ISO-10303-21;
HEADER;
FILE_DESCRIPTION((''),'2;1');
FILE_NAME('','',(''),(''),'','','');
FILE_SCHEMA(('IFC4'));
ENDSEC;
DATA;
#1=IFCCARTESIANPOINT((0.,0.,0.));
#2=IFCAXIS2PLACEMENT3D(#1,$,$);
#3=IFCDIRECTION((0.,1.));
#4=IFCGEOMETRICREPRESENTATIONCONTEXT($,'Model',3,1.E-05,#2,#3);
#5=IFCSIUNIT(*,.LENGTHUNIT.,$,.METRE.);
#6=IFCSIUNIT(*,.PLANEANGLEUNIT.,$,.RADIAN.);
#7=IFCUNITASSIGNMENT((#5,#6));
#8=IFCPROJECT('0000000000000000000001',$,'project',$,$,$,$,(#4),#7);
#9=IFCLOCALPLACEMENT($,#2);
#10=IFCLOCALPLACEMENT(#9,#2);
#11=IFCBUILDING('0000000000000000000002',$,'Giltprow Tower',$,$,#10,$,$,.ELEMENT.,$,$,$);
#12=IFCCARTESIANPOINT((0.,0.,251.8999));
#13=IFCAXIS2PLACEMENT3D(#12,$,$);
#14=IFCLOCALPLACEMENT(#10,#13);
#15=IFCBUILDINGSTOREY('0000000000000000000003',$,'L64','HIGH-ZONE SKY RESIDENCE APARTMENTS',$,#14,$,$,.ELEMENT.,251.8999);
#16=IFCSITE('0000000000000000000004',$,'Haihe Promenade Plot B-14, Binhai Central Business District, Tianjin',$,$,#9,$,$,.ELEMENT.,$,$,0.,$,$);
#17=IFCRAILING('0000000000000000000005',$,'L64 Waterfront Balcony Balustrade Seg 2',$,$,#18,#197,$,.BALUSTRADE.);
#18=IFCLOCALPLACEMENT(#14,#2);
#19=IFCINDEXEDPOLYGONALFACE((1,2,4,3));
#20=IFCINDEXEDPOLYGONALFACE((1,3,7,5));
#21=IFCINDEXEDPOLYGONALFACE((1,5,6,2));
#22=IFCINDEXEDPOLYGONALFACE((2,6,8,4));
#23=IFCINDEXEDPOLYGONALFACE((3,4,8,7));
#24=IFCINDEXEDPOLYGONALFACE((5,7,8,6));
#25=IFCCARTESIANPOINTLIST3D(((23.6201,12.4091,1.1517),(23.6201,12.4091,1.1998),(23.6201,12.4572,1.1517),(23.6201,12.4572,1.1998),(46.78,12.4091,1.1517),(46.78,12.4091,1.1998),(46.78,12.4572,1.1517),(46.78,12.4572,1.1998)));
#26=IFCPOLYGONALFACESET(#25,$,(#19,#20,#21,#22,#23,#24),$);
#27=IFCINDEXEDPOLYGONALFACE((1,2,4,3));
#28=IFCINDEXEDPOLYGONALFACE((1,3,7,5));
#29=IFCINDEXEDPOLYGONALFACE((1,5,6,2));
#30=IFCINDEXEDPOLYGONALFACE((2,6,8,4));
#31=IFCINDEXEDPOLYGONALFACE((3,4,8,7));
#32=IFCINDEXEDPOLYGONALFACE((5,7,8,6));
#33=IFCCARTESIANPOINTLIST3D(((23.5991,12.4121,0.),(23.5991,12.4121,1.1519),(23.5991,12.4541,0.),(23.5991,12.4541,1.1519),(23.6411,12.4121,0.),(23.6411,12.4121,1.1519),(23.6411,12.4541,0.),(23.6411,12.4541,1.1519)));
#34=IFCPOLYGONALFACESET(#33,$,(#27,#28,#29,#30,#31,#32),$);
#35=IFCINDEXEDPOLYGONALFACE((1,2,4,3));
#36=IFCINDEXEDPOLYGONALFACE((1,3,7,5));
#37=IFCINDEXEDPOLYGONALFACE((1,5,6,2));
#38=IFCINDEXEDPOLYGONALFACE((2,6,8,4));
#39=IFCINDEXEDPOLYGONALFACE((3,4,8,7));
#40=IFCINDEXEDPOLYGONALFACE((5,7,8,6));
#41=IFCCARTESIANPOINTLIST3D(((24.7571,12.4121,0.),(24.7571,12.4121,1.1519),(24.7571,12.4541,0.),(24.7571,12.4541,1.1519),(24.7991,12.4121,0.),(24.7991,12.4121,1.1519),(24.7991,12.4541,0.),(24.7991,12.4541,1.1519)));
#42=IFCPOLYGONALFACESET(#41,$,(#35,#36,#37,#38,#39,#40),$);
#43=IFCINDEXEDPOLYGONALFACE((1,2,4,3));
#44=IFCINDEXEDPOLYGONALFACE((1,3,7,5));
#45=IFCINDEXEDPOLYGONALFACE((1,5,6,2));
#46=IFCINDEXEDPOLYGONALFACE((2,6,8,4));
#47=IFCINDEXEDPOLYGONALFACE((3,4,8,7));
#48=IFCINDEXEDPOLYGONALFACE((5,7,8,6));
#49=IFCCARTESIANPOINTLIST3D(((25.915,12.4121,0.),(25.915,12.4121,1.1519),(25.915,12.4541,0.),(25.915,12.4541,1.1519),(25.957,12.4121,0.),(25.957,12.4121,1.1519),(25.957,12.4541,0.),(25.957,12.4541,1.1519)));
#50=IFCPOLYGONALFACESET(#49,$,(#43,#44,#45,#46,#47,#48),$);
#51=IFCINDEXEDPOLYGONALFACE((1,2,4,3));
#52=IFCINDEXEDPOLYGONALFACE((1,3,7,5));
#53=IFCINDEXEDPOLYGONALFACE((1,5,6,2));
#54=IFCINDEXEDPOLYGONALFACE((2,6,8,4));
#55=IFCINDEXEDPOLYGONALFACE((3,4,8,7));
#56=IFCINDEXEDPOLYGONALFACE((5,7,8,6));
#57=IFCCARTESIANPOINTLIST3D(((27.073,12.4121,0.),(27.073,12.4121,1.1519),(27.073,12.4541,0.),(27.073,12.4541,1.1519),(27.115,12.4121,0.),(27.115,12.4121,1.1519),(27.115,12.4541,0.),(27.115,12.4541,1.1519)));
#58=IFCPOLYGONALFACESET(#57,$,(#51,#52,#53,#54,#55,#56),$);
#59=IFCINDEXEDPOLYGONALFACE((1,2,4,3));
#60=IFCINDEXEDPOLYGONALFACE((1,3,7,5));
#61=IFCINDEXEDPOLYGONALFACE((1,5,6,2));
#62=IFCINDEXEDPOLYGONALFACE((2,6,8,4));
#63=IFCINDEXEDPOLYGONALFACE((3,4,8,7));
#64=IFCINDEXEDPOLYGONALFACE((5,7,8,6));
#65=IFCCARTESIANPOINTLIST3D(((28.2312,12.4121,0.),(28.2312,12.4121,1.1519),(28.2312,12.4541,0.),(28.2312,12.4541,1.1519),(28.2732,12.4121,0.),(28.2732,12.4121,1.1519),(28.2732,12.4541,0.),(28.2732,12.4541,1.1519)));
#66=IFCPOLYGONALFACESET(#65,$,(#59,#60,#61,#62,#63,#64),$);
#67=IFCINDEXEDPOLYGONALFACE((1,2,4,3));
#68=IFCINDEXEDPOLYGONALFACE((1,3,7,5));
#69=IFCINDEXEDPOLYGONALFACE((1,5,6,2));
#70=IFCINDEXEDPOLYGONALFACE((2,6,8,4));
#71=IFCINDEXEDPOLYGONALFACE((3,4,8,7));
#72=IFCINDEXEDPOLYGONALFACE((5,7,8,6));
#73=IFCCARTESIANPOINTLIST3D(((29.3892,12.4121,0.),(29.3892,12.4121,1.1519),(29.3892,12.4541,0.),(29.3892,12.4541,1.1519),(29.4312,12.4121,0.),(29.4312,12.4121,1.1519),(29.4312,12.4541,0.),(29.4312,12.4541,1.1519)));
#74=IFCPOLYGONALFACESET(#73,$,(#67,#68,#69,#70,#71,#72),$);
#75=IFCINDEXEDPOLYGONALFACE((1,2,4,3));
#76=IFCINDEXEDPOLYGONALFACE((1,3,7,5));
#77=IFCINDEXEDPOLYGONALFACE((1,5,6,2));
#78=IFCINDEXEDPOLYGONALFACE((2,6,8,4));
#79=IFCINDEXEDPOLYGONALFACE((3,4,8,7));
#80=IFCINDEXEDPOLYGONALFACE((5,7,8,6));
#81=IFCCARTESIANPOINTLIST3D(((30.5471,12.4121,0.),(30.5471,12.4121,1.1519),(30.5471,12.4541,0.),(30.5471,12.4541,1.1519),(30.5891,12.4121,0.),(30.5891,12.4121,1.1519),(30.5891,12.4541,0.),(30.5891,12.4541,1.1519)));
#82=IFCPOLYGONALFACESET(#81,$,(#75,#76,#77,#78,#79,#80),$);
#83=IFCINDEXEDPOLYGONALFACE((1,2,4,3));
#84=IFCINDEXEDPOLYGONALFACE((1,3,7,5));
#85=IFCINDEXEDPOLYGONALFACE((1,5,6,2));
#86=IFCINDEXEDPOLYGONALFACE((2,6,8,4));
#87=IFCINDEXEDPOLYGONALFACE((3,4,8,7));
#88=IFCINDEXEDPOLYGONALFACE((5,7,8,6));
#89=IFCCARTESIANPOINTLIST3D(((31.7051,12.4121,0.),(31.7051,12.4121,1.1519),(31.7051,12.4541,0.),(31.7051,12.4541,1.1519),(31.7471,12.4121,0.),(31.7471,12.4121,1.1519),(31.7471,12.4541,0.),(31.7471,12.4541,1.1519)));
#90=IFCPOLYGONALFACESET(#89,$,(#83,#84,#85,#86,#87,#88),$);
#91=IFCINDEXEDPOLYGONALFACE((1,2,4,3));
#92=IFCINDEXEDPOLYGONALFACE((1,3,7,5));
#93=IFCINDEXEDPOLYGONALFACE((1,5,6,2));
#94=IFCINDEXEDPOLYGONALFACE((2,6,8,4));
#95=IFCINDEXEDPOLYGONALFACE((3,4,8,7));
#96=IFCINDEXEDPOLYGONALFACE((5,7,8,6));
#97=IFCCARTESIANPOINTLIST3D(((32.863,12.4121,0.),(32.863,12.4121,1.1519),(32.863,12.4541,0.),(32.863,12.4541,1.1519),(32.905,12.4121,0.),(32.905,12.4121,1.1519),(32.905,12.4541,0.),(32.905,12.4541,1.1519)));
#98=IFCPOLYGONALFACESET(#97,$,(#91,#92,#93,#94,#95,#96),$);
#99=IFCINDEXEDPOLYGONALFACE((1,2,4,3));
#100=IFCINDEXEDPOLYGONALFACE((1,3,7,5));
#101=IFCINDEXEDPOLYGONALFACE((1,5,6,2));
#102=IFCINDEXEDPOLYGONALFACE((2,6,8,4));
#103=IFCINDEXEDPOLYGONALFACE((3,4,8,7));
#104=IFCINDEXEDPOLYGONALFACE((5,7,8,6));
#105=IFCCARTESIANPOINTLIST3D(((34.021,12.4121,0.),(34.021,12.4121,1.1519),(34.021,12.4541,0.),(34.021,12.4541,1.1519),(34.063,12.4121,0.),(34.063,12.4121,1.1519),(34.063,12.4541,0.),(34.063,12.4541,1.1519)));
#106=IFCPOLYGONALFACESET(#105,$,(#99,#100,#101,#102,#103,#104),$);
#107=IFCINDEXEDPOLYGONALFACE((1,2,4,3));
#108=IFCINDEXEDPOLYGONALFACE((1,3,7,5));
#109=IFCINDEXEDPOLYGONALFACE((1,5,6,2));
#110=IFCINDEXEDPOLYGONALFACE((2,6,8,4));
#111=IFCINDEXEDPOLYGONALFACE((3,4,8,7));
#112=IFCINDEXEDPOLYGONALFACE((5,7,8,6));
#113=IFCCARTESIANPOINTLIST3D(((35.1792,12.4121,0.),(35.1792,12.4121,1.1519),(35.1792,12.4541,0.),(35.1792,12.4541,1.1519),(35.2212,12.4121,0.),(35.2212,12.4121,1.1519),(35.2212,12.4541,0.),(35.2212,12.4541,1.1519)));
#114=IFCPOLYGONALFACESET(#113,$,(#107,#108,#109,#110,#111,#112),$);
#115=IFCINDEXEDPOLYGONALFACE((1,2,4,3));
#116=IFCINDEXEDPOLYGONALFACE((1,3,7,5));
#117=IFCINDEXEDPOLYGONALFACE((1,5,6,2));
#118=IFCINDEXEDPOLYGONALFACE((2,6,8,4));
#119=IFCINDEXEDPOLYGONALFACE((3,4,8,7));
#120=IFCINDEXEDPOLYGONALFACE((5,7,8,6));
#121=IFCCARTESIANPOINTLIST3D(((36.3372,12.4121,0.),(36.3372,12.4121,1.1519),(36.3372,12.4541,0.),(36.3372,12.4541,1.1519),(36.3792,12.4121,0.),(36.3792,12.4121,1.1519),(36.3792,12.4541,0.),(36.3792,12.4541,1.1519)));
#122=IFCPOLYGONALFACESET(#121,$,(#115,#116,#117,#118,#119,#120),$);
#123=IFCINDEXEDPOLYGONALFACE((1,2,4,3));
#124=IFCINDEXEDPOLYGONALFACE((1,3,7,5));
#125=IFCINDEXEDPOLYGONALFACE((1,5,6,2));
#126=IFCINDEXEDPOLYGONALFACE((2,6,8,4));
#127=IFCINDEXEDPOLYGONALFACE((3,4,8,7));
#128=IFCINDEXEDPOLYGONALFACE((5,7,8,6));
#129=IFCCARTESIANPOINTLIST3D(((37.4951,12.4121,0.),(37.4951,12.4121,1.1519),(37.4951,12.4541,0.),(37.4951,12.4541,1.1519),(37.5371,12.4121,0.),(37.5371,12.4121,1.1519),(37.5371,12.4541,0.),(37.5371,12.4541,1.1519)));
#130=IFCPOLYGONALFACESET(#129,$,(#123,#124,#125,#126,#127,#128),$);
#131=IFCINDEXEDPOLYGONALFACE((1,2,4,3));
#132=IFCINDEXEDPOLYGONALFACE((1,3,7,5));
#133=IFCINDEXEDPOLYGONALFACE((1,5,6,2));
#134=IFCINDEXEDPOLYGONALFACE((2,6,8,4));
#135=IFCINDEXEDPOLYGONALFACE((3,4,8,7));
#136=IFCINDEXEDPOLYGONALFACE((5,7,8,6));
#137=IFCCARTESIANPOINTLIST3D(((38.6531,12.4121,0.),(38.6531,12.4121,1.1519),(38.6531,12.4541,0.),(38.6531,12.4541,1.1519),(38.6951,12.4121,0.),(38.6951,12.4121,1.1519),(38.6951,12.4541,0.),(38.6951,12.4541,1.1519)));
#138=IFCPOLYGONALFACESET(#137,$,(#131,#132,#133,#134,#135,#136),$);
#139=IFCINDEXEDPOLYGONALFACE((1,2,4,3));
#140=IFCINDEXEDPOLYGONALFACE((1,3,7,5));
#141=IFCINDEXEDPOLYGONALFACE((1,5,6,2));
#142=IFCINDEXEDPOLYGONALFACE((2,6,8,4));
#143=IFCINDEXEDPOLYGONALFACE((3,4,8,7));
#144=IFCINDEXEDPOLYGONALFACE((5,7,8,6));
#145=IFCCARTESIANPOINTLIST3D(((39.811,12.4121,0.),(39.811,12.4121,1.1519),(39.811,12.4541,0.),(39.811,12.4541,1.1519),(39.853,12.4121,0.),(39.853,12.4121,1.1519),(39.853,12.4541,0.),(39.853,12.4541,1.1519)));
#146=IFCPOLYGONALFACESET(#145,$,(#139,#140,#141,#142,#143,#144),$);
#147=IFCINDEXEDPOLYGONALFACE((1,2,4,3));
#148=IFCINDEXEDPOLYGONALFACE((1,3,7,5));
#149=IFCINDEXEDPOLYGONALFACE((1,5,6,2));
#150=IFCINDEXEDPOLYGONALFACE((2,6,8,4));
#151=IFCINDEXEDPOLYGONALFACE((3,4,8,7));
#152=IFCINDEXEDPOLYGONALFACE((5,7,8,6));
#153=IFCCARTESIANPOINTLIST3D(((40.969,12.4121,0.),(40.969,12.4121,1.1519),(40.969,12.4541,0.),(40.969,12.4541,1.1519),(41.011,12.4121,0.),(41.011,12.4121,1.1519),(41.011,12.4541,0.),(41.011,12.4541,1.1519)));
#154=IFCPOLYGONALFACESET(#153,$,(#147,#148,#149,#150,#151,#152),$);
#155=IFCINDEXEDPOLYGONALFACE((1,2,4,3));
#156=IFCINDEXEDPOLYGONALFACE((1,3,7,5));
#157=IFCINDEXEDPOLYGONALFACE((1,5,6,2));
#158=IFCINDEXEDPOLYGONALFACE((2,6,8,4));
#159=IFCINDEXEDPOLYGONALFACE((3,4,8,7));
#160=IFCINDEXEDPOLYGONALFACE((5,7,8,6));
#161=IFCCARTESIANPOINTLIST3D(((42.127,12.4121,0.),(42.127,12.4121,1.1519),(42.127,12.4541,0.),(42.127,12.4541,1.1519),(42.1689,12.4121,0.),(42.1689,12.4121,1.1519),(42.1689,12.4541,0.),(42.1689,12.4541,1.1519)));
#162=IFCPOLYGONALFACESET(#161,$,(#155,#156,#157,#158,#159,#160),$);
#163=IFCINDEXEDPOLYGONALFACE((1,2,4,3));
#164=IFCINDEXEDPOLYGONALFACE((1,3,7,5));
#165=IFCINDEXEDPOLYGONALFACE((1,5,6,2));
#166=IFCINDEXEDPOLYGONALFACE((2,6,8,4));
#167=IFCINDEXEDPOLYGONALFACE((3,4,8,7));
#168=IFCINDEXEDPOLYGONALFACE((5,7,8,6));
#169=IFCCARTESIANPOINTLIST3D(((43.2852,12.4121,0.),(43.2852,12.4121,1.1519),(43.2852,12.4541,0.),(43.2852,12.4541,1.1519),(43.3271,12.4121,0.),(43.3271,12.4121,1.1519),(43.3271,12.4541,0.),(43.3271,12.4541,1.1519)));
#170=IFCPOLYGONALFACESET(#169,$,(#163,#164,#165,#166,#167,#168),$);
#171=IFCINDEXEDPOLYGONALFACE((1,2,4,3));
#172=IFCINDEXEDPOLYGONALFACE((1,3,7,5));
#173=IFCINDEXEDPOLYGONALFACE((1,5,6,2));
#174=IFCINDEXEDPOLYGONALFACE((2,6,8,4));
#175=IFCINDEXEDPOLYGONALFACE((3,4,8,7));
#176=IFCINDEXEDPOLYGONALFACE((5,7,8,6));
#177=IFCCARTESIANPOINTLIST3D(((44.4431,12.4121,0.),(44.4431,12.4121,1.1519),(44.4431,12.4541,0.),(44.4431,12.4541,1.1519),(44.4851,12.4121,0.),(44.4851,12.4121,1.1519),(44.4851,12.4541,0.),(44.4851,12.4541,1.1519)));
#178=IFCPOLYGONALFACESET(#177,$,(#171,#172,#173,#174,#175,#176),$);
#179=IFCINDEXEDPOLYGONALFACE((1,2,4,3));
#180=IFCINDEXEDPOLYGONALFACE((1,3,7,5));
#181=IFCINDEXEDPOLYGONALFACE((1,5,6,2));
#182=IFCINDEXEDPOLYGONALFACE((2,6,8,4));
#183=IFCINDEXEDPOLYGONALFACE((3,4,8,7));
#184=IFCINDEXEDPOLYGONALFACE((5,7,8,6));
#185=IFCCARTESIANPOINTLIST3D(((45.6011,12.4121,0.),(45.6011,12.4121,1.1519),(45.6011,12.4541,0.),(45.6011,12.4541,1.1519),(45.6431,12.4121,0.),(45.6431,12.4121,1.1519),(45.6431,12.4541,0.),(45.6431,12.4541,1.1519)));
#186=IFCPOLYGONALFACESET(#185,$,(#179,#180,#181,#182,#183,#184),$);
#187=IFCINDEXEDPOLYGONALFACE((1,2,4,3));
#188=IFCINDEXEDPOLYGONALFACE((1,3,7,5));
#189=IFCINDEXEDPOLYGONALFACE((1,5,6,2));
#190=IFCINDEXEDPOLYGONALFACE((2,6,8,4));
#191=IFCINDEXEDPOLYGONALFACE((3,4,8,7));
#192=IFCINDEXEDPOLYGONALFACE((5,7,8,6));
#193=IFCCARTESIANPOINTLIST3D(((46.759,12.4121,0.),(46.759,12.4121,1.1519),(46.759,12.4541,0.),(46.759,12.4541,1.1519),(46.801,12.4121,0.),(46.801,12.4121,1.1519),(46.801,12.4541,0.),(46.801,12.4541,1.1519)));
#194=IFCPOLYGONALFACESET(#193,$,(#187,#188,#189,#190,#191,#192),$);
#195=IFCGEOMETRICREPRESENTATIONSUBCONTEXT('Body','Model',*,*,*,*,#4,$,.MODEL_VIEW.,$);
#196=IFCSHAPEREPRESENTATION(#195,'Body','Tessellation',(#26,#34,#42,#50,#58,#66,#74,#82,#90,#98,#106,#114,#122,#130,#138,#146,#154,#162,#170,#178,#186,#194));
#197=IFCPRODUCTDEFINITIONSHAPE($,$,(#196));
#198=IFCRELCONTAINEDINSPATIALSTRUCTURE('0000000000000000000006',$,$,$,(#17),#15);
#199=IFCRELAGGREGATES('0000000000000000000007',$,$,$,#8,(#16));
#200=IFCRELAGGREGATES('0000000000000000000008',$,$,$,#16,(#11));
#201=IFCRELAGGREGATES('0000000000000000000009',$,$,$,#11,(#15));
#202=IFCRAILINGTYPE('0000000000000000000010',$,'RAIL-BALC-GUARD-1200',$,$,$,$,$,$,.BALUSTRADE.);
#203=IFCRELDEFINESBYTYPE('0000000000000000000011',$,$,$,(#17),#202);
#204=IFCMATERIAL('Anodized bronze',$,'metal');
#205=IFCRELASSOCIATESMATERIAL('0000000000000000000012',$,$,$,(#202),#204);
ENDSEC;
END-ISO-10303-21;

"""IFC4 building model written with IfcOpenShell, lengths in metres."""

from ifc_helpers import new_model, si_unit, direction, frame, origin, origin_2d, place, context, subcontext, project, spatial, rectangle, extrude, material, type_object, element, save


model = new_model("IFC4")

# Units and contexts
model_context = context("Model", 3, precision=1e-05, world=origin(), true_north=direction((0.0, 1.0)))
body_context = subcontext(model_context, "Body", "Model", "MODEL_VIEW")
ifc_project = project(units=[si_unit("LENGTHUNIT", "METRE"), si_unit("PLANEANGLEUNIT", "RADIAN")], contexts=[model_context])

# Site, building, storey
site_placement = place(None, origin())
site = spatial("IfcSite", under=ifc_project, at=site_placement, Name="Haihe Promenade Plot B-14, Binhai Central Business District, Tianjin", CompositionType="ELEMENT", RefElevation=0.0)
building_placement = place(site_placement, origin())
building = spatial("IfcBuilding", under=site, at=building_placement, Name="Giltprow Tower", CompositionType="ELEMENT")
storey_placement = place(building_placement, frame((0.0, 0.0, 251.8999)))
storey = spatial("IfcBuildingStorey", under=building, at=storey_placement, Name="L64", Description="HIGH-ZONE SKY RESIDENCE APARTMENTS", CompositionType="ELEMENT", Elevation=251.8999)

# Shared definitions
ifc_material_1 = material(Name="Anodized bronze", Category="metal")

# Railing
railing_type = type_object("IfcRailingType", Name="RAIL-BALC-GUARD-1200", PredefinedType="BALUSTRADE", material=ifc_material_1)
railing_1_placement = place(storey_placement, frame((23.6201, 12.4331, 0.0)))
element("IfcRailing", 1, at=railing_1_placement, inside=storey, type_object=railing_type, Name="L64 Waterfront Balcony Balustrade Seg 2", PredefinedType="BALUSTRADE", context=body_context, shape_type="SweptSolid", body=[
    extrude(rectangle(XDim=0.0481, YDim=0.0481, at=origin_2d()), frame((0.0, 0.0, 1.1758), z_axis=(1.0, 0.0, 0.0), x_axis=(0.0, 1.0, 0.0)), (0.0, 0.0, 1.0), 23.1599),
    extrude(rectangle(XDim=0.042, YDim=0.042, at=origin_2d()), origin(), (0.0, 0.0, 1.0), 1.1519),
    extrude(rectangle(XDim=0.042, YDim=0.042, at=origin_2d()), frame((1.158, 0.0, 0.0)), (0.0, 0.0, 1.0), 1.1519),
    extrude(rectangle(XDim=0.042, YDim=0.042, at=origin_2d()), frame((2.3159, 0.0, 0.0)), (0.0, 0.0, 1.0), 1.1519),
    extrude(rectangle(XDim=0.042, YDim=0.042, at=origin_2d()), frame((3.4739, 0.0, 0.0)), (0.0, 0.0, 1.0), 1.1519),
    extrude(rectangle(XDim=0.042, YDim=0.042, at=origin_2d()), frame((4.6321, 0.0, 0.0)), (0.0, 0.0, 1.0), 1.1519),
    extrude(rectangle(XDim=0.042, YDim=0.042, at=origin_2d()), frame((5.79, 0.0, 0.0)), (0.0, 0.0, 1.0), 1.1519),
    extrude(rectangle(XDim=0.042, YDim=0.042, at=origin_2d()), frame((6.948, 0.0, 0.0)), (0.0, 0.0, 1.0), 1.1519),
    extrude(rectangle(XDim=0.042, YDim=0.042, at=origin_2d()), frame((8.106, 0.0, 0.0)), (0.0, 0.0, 1.0), 1.1519),
    extrude(rectangle(XDim=0.042, YDim=0.042, at=origin_2d()), frame((9.2639, 0.0, 0.0)), (0.0, 0.0, 1.0), 1.1519),
    extrude(rectangle(XDim=0.042, YDim=0.042, at=origin_2d()), frame((10.4219, 0.0, 0.0)), (0.0, 0.0, 1.0), 1.1519),
    extrude(rectangle(XDim=0.042, YDim=0.042, at=origin_2d()), frame((11.5801, 0.0, 0.0)), (0.0, 0.0, 1.0), 1.1519),
    extrude(rectangle(XDim=0.042, YDim=0.042, at=origin_2d()), frame((12.738, 0.0, 0.0)), (0.0, 0.0, 1.0), 1.1519),
    extrude(rectangle(XDim=0.042, YDim=0.042, at=origin_2d()), frame((13.896, 0.0, 0.0)), (0.0, 0.0, 1.0), 1.1519),
    extrude(rectangle(XDim=0.042, YDim=0.042, at=origin_2d()), frame((15.054, 0.0, 0.0)), (0.0, 0.0, 1.0), 1.1519),
    extrude(rectangle(XDim=0.042, YDim=0.042, at=origin_2d()), frame((16.2119, 0.0, 0.0)), (0.0, 0.0, 1.0), 1.1519),
    extrude(rectangle(XDim=0.042, YDim=0.042, at=origin_2d()), frame((17.3699, 0.0, 0.0)), (0.0, 0.0, 1.0), 1.1519),
    extrude(rectangle(XDim=0.042, YDim=0.042, at=origin_2d()), frame((18.5278, 0.0, 0.0)), (0.0, 0.0, 1.0), 1.1519),
    extrude(rectangle(XDim=0.042, YDim=0.042, at=origin_2d()), frame((19.686, 0.0, 0.0)), (0.0, 0.0, 1.0), 1.1519),
    extrude(rectangle(XDim=0.042, YDim=0.042, at=origin_2d()), frame((20.844, 0.0, 0.0)), (0.0, 0.0, 1.0), 1.1519),
    extrude(rectangle(XDim=0.042, YDim=0.042, at=origin_2d()), frame((22.002, 0.0, 0.0)), (0.0, 0.0, 1.0), 1.1519),
    extrude(rectangle(XDim=0.042, YDim=0.042, at=origin_2d()), frame((23.1599, 0.0, 0.0)), (0.0, 0.0, 1.0), 1.1519),
])

save(model, "model.ifc")
